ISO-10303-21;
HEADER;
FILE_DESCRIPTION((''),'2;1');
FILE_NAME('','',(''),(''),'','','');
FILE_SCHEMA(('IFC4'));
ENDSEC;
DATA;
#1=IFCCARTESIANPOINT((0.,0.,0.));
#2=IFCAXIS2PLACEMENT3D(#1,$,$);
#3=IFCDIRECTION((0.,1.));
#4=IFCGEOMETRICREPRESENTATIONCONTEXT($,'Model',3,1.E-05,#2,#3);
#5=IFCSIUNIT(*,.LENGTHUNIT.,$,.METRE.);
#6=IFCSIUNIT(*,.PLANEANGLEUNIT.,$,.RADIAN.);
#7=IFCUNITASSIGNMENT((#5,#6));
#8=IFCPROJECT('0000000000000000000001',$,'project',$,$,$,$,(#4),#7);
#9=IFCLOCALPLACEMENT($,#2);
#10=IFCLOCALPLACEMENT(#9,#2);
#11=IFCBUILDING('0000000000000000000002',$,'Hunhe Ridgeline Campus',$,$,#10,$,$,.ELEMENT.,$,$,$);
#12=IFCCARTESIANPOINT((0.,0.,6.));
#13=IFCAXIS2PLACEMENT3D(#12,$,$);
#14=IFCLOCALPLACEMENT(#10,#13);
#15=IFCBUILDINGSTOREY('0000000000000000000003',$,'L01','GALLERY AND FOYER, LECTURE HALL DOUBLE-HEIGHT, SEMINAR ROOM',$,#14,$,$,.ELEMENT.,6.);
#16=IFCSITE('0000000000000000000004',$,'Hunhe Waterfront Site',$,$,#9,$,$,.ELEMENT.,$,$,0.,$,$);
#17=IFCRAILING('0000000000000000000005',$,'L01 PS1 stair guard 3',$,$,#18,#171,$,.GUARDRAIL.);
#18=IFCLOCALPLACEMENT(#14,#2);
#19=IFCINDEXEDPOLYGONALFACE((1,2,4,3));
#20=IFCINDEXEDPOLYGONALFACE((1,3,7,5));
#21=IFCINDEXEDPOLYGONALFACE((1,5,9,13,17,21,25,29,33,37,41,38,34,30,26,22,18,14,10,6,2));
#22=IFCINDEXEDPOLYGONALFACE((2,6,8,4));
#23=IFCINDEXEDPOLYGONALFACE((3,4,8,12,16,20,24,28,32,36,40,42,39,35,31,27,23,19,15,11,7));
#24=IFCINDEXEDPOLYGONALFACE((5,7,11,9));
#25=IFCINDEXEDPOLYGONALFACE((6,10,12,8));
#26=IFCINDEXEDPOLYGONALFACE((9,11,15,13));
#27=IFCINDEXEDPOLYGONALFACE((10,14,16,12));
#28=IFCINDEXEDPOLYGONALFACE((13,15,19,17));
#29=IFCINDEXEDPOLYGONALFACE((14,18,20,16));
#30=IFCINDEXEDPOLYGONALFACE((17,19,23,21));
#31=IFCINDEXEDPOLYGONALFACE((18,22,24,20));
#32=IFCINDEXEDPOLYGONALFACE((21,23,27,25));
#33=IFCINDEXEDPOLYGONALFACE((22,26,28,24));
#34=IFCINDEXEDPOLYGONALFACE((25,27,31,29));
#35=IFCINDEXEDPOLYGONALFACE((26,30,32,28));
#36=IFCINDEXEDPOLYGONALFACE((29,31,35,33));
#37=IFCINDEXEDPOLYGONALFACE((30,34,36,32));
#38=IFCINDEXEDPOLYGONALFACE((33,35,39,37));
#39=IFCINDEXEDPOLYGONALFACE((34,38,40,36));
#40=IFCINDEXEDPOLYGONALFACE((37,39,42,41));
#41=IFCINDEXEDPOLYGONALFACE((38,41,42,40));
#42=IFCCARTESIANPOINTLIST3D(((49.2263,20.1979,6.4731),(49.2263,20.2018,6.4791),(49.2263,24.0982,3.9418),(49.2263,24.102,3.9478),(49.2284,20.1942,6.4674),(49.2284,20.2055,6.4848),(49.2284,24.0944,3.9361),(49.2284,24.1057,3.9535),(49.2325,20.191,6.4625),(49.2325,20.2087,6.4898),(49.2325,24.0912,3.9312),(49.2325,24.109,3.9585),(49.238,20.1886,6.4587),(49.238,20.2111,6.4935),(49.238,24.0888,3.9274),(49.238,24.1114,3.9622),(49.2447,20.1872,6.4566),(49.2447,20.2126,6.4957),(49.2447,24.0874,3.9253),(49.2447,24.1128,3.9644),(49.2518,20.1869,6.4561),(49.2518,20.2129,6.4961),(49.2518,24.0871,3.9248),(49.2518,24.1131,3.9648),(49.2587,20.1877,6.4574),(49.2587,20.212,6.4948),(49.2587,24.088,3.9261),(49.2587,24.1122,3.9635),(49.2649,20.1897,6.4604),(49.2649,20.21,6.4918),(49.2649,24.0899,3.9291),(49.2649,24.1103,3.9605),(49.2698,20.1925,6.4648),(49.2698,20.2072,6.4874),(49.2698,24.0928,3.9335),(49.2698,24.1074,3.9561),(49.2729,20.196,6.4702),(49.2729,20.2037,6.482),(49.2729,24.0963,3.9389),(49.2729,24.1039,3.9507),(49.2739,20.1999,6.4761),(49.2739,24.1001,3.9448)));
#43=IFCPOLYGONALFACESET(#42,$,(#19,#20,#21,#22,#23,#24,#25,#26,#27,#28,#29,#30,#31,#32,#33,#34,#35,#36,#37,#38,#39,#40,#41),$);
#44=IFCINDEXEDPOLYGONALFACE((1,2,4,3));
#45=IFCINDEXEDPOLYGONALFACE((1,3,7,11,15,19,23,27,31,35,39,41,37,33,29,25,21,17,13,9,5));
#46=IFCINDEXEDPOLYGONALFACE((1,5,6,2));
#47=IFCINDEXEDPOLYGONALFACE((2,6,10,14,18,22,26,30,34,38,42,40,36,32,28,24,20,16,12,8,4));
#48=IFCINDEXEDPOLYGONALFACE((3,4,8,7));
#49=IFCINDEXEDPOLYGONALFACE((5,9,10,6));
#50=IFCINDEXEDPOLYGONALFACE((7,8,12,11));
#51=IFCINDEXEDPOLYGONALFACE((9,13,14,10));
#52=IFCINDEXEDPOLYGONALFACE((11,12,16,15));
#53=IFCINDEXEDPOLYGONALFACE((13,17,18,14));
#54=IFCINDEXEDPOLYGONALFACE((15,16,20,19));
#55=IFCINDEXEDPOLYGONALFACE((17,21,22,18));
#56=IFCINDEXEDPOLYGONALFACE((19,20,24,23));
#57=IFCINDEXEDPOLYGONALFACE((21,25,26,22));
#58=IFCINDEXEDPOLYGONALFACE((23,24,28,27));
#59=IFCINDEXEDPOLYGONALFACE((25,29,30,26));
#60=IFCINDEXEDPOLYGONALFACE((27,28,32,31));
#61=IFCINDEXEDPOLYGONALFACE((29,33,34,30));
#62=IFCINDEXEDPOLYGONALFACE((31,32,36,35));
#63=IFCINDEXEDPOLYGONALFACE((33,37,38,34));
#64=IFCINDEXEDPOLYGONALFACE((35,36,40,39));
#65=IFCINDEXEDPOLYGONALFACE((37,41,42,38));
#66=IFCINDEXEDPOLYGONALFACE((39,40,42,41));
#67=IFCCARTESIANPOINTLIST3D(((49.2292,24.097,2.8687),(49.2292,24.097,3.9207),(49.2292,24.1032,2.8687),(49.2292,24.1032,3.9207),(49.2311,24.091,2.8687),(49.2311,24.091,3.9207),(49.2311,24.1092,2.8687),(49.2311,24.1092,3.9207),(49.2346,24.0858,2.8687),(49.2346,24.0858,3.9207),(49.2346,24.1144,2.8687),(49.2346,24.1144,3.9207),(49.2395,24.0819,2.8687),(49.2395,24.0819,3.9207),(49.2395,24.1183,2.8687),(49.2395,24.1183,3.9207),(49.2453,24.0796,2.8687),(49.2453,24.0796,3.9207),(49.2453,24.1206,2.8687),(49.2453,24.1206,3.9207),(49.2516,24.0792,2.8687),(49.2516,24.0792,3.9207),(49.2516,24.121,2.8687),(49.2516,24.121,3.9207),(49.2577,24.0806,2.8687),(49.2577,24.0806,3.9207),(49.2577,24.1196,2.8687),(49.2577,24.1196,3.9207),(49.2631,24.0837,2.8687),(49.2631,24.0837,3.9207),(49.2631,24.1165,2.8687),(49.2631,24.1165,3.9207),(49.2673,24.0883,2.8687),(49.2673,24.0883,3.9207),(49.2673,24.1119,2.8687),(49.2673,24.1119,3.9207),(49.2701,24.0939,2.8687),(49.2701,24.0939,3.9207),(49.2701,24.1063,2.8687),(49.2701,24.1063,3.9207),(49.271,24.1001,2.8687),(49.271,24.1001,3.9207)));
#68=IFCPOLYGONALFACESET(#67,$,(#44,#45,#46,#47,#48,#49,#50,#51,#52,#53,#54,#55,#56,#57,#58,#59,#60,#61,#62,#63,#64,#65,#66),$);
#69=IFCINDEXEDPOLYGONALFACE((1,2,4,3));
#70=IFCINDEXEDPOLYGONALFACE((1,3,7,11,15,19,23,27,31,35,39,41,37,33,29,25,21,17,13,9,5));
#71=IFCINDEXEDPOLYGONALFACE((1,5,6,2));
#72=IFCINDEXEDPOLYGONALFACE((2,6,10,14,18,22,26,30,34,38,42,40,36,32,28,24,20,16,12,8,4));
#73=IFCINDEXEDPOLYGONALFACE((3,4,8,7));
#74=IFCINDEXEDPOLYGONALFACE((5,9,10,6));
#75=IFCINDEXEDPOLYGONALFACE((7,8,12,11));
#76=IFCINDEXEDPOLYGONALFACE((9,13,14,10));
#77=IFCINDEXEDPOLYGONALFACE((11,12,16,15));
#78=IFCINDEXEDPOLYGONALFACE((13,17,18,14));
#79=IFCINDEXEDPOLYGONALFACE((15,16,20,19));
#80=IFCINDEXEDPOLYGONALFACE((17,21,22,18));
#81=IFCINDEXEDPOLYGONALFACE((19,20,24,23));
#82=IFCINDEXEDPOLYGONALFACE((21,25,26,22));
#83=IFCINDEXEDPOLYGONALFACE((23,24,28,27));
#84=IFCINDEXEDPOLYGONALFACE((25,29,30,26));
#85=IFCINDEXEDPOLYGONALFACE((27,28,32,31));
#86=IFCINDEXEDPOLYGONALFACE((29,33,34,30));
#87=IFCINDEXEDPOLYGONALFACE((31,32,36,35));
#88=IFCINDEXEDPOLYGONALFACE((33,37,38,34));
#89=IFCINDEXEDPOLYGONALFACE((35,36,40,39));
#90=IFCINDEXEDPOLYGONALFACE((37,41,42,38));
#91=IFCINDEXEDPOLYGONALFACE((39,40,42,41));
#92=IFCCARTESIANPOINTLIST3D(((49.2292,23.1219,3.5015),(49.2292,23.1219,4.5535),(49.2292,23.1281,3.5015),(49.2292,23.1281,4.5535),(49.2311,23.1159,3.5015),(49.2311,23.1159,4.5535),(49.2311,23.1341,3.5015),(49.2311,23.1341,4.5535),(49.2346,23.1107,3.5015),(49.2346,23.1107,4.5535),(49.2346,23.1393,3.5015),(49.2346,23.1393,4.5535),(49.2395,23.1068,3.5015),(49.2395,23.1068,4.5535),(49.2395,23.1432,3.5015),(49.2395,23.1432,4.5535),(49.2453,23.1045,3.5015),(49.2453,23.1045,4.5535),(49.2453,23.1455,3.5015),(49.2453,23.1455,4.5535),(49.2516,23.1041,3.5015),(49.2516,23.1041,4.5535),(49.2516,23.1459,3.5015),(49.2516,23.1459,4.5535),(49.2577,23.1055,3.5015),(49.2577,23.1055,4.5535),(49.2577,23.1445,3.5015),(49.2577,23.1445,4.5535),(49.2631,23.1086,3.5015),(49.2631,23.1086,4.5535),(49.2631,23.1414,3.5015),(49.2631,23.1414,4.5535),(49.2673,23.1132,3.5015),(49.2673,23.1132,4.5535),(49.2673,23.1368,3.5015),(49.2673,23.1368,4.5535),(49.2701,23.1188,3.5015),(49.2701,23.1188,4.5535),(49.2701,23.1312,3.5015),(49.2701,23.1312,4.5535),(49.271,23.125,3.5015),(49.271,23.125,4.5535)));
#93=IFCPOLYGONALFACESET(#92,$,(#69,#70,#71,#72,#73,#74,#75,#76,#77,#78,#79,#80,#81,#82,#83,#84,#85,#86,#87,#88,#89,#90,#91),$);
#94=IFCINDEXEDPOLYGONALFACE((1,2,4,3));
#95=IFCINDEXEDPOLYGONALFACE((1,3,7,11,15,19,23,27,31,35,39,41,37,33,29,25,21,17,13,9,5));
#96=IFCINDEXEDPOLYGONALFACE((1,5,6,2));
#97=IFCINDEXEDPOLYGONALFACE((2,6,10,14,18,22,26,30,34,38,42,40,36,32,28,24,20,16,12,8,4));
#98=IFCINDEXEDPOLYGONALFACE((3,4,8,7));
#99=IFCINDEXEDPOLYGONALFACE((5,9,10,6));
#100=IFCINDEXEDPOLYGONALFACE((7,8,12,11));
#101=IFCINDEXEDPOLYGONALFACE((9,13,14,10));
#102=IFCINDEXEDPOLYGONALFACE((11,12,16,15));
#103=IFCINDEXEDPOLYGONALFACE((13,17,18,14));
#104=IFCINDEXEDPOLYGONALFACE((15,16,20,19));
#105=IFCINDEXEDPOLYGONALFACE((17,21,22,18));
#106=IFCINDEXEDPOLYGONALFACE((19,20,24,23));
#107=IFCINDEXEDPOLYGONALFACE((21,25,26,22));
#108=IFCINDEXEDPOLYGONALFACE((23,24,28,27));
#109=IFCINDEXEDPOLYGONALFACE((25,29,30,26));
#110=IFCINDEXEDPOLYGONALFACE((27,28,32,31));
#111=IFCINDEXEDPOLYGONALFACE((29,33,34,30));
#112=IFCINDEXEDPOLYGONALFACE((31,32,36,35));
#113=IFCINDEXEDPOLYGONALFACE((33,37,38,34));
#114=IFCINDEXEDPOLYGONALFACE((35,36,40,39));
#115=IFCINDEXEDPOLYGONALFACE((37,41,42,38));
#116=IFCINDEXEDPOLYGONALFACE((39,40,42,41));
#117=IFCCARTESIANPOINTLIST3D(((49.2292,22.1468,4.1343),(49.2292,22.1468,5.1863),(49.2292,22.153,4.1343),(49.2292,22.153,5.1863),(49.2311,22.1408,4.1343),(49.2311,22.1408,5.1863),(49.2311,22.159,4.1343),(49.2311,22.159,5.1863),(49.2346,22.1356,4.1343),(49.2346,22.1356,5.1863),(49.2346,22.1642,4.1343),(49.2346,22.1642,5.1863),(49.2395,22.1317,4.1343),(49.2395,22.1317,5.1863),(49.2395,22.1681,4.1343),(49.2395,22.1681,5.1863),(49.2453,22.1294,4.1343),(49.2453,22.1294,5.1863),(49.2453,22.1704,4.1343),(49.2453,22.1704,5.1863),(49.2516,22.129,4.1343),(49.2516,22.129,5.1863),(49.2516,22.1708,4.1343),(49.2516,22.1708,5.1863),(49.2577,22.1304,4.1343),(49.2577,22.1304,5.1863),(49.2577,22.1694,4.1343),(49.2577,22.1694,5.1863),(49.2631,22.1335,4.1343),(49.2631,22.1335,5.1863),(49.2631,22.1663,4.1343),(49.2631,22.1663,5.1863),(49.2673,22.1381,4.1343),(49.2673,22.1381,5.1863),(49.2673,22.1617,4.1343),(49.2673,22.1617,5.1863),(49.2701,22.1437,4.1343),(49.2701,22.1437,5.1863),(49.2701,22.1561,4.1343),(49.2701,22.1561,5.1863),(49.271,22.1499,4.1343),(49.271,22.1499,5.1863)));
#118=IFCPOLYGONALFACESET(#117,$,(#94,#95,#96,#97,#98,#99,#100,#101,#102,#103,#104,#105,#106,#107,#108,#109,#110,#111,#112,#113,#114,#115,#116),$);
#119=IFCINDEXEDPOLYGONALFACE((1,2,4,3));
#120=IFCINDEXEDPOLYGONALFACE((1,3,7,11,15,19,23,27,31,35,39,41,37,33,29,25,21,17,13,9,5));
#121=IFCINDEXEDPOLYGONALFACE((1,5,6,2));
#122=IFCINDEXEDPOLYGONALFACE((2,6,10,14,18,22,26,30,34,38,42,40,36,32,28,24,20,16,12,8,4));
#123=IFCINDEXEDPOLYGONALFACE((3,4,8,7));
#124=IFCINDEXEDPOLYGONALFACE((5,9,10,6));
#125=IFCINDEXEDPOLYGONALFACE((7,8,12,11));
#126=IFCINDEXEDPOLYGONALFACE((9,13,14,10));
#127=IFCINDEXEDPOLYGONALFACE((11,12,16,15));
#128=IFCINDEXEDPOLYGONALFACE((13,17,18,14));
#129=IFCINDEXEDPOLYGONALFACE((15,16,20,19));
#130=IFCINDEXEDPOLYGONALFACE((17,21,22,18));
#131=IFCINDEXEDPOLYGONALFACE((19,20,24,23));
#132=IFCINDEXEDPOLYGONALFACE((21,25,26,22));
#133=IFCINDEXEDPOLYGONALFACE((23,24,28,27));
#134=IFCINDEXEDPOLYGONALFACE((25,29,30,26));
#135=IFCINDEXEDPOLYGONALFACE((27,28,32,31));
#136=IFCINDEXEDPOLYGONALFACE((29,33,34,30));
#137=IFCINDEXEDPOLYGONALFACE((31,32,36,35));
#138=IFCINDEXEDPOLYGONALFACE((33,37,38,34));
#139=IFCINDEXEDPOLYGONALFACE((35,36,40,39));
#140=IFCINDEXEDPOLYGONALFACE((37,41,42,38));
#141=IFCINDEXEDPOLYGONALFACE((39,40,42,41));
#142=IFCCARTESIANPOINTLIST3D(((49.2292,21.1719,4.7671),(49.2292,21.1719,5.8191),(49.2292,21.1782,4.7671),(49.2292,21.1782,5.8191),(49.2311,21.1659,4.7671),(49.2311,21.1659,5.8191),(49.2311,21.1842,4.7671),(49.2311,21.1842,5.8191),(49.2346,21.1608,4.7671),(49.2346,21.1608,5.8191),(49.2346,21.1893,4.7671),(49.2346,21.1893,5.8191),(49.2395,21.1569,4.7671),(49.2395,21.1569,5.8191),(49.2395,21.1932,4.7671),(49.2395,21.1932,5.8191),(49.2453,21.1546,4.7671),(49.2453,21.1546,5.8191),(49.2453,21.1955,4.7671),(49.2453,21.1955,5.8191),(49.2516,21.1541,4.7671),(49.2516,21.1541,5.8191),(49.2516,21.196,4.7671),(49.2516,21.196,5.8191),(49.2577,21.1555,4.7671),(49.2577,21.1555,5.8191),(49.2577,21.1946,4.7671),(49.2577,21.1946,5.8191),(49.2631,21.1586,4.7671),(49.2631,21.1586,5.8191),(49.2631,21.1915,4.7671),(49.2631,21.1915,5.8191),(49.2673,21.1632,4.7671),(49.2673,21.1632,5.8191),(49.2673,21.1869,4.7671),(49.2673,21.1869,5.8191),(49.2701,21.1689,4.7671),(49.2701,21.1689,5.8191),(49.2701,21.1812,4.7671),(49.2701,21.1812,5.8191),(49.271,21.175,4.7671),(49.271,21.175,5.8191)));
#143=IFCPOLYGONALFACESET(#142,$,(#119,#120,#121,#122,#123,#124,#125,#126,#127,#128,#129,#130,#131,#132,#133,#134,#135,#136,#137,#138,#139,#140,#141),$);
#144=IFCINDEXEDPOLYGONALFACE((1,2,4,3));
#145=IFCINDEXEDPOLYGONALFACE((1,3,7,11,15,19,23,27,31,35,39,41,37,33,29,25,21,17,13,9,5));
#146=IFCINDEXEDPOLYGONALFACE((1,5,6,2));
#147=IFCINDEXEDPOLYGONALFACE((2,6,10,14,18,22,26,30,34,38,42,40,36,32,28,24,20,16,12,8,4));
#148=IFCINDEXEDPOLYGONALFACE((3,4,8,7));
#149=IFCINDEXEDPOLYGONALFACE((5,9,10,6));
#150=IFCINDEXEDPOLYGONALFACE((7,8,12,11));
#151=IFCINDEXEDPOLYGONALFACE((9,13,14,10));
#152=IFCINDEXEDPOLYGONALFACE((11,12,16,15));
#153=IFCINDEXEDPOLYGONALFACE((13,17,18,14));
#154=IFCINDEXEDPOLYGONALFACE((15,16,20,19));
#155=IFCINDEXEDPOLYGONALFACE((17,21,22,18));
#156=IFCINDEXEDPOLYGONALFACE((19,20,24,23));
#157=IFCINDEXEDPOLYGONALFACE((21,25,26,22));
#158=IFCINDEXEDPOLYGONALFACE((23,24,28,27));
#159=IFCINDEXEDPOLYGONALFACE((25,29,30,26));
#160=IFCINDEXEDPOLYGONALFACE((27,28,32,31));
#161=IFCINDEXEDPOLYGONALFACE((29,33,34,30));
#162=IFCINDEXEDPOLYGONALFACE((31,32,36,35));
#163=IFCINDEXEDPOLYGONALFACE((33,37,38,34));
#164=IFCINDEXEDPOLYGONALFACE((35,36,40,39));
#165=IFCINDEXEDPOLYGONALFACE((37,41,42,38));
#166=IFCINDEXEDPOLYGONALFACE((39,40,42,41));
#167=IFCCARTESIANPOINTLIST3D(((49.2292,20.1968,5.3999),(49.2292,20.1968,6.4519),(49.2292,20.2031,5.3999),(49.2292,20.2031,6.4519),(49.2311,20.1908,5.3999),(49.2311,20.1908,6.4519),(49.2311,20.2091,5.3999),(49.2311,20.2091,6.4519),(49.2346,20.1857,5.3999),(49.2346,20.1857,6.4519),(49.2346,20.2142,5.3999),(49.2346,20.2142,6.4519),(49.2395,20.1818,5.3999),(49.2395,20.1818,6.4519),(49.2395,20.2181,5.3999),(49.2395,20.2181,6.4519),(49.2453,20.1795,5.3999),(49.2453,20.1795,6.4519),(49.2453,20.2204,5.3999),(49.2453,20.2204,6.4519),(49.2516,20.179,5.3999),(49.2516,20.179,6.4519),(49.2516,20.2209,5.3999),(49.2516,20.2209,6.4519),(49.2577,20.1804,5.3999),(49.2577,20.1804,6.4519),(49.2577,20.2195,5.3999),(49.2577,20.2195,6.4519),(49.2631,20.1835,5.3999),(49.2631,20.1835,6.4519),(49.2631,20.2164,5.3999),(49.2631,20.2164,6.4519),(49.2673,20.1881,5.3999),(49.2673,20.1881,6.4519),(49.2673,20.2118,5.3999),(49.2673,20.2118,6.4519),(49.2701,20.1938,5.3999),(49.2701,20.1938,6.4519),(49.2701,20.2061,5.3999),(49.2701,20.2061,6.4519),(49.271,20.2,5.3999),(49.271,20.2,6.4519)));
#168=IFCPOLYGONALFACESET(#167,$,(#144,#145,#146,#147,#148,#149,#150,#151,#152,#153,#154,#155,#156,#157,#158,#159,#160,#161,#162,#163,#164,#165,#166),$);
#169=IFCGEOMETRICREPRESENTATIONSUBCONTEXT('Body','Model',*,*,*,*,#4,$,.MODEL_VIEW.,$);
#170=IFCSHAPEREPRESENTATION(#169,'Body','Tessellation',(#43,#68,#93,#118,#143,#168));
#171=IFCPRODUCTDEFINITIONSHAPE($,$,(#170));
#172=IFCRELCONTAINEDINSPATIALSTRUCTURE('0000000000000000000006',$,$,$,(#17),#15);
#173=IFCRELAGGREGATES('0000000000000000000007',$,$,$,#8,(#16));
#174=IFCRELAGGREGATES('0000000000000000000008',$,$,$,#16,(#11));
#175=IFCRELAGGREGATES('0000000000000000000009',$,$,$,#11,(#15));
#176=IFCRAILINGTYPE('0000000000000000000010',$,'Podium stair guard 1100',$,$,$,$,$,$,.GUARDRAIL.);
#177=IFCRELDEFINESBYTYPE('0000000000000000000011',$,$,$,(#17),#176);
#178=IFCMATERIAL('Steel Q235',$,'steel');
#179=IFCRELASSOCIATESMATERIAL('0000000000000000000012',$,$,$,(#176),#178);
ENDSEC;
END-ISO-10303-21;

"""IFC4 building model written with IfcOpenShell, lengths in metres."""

from ifc_helpers import new_model, si_unit, direction, frame, origin, origin_2d, place, context, subcontext, project, spatial, circle, extrude, material, type_object, element, save


model = new_model("IFC4")

# Units and contexts
model_context = context("Model", 3, precision=1e-05, world=origin(), true_north=direction((0.0, 1.0)))
body_context = subcontext(model_context, "Body", "Model", "MODEL_VIEW")
ifc_project = project(units=[si_unit("LENGTHUNIT", "METRE"), si_unit("PLANEANGLEUNIT", "RADIAN")], contexts=[model_context])

# Site, building, storey
site_placement = place(None, origin())
site = spatial("IfcSite", under=ifc_project, at=site_placement, Name="Hunhe Waterfront Site", CompositionType="ELEMENT", RefElevation=0.0)
building_placement = place(site_placement, origin())
building = spatial("IfcBuilding", under=site, at=building_placement, Name="Hunhe Ridgeline Campus", CompositionType="ELEMENT")
storey_placement = place(building_placement, frame((0.0, 0.0, 6.0)))
storey = spatial("IfcBuildingStorey", under=building, at=storey_placement, Name="L01", Description="GALLERY AND FOYER, LECTURE HALL DOUBLE-HEIGHT, SEMINAR ROOM", CompositionType="ELEMENT", Elevation=6.0)

# Shared definitions
ifc_material_1 = material(Name="Steel Q235", Category="steel")

# Railing
railing_type_1 = type_object("IfcRailingType", Name="Podium stair guard 1100", PredefinedType="GUARDRAIL", material=ifc_material_1)
railing_1_placement = place(storey_placement, frame((49.25, 24.1001, 2.8687)))
element("IfcRailing", 1, at=railing_1_placement, inside=storey, type_object=railing_type_1, Name="L01 PS1 stair guard 3", PredefinedType="GUARDRAIL", context=body_context, shape_type="SweptSolid", body=[
    extrude(circle(Radius=0.0239, at=origin_2d()), frame((0.0, 0.0, 1.0762), z_axis=(0.0, -0.838821, 0.544407), x_axis=(1.0, 0.0, 0.0)), (0.0, 0.0, 1.0), 4.6497),
    extrude(circle(Radius=0.021, at=origin_2d()), origin(), (0.0, 0.0, 1.0), 1.052),
    extrude(circle(Radius=0.021, at=origin_2d()), frame((0.0, -0.9751, 0.6328)), (0.0, 0.0, 1.0), 1.052),
    extrude(circle(Radius=0.021, at=origin_2d()), frame((0.0, -1.9502, 1.2656)), (0.0, 0.0, 1.0), 1.052),
    extrude(circle(Radius=0.021, at=origin_2d()), frame((0.0, -2.925, 1.8984)), (0.0, 0.0, 1.0), 1.052),
    extrude(circle(Radius=0.021, at=origin_2d()), frame((0.0, -3.9001, 2.5312)), (0.0, 0.0, 1.0), 1.052),
])

save(model, "model.ifc")
